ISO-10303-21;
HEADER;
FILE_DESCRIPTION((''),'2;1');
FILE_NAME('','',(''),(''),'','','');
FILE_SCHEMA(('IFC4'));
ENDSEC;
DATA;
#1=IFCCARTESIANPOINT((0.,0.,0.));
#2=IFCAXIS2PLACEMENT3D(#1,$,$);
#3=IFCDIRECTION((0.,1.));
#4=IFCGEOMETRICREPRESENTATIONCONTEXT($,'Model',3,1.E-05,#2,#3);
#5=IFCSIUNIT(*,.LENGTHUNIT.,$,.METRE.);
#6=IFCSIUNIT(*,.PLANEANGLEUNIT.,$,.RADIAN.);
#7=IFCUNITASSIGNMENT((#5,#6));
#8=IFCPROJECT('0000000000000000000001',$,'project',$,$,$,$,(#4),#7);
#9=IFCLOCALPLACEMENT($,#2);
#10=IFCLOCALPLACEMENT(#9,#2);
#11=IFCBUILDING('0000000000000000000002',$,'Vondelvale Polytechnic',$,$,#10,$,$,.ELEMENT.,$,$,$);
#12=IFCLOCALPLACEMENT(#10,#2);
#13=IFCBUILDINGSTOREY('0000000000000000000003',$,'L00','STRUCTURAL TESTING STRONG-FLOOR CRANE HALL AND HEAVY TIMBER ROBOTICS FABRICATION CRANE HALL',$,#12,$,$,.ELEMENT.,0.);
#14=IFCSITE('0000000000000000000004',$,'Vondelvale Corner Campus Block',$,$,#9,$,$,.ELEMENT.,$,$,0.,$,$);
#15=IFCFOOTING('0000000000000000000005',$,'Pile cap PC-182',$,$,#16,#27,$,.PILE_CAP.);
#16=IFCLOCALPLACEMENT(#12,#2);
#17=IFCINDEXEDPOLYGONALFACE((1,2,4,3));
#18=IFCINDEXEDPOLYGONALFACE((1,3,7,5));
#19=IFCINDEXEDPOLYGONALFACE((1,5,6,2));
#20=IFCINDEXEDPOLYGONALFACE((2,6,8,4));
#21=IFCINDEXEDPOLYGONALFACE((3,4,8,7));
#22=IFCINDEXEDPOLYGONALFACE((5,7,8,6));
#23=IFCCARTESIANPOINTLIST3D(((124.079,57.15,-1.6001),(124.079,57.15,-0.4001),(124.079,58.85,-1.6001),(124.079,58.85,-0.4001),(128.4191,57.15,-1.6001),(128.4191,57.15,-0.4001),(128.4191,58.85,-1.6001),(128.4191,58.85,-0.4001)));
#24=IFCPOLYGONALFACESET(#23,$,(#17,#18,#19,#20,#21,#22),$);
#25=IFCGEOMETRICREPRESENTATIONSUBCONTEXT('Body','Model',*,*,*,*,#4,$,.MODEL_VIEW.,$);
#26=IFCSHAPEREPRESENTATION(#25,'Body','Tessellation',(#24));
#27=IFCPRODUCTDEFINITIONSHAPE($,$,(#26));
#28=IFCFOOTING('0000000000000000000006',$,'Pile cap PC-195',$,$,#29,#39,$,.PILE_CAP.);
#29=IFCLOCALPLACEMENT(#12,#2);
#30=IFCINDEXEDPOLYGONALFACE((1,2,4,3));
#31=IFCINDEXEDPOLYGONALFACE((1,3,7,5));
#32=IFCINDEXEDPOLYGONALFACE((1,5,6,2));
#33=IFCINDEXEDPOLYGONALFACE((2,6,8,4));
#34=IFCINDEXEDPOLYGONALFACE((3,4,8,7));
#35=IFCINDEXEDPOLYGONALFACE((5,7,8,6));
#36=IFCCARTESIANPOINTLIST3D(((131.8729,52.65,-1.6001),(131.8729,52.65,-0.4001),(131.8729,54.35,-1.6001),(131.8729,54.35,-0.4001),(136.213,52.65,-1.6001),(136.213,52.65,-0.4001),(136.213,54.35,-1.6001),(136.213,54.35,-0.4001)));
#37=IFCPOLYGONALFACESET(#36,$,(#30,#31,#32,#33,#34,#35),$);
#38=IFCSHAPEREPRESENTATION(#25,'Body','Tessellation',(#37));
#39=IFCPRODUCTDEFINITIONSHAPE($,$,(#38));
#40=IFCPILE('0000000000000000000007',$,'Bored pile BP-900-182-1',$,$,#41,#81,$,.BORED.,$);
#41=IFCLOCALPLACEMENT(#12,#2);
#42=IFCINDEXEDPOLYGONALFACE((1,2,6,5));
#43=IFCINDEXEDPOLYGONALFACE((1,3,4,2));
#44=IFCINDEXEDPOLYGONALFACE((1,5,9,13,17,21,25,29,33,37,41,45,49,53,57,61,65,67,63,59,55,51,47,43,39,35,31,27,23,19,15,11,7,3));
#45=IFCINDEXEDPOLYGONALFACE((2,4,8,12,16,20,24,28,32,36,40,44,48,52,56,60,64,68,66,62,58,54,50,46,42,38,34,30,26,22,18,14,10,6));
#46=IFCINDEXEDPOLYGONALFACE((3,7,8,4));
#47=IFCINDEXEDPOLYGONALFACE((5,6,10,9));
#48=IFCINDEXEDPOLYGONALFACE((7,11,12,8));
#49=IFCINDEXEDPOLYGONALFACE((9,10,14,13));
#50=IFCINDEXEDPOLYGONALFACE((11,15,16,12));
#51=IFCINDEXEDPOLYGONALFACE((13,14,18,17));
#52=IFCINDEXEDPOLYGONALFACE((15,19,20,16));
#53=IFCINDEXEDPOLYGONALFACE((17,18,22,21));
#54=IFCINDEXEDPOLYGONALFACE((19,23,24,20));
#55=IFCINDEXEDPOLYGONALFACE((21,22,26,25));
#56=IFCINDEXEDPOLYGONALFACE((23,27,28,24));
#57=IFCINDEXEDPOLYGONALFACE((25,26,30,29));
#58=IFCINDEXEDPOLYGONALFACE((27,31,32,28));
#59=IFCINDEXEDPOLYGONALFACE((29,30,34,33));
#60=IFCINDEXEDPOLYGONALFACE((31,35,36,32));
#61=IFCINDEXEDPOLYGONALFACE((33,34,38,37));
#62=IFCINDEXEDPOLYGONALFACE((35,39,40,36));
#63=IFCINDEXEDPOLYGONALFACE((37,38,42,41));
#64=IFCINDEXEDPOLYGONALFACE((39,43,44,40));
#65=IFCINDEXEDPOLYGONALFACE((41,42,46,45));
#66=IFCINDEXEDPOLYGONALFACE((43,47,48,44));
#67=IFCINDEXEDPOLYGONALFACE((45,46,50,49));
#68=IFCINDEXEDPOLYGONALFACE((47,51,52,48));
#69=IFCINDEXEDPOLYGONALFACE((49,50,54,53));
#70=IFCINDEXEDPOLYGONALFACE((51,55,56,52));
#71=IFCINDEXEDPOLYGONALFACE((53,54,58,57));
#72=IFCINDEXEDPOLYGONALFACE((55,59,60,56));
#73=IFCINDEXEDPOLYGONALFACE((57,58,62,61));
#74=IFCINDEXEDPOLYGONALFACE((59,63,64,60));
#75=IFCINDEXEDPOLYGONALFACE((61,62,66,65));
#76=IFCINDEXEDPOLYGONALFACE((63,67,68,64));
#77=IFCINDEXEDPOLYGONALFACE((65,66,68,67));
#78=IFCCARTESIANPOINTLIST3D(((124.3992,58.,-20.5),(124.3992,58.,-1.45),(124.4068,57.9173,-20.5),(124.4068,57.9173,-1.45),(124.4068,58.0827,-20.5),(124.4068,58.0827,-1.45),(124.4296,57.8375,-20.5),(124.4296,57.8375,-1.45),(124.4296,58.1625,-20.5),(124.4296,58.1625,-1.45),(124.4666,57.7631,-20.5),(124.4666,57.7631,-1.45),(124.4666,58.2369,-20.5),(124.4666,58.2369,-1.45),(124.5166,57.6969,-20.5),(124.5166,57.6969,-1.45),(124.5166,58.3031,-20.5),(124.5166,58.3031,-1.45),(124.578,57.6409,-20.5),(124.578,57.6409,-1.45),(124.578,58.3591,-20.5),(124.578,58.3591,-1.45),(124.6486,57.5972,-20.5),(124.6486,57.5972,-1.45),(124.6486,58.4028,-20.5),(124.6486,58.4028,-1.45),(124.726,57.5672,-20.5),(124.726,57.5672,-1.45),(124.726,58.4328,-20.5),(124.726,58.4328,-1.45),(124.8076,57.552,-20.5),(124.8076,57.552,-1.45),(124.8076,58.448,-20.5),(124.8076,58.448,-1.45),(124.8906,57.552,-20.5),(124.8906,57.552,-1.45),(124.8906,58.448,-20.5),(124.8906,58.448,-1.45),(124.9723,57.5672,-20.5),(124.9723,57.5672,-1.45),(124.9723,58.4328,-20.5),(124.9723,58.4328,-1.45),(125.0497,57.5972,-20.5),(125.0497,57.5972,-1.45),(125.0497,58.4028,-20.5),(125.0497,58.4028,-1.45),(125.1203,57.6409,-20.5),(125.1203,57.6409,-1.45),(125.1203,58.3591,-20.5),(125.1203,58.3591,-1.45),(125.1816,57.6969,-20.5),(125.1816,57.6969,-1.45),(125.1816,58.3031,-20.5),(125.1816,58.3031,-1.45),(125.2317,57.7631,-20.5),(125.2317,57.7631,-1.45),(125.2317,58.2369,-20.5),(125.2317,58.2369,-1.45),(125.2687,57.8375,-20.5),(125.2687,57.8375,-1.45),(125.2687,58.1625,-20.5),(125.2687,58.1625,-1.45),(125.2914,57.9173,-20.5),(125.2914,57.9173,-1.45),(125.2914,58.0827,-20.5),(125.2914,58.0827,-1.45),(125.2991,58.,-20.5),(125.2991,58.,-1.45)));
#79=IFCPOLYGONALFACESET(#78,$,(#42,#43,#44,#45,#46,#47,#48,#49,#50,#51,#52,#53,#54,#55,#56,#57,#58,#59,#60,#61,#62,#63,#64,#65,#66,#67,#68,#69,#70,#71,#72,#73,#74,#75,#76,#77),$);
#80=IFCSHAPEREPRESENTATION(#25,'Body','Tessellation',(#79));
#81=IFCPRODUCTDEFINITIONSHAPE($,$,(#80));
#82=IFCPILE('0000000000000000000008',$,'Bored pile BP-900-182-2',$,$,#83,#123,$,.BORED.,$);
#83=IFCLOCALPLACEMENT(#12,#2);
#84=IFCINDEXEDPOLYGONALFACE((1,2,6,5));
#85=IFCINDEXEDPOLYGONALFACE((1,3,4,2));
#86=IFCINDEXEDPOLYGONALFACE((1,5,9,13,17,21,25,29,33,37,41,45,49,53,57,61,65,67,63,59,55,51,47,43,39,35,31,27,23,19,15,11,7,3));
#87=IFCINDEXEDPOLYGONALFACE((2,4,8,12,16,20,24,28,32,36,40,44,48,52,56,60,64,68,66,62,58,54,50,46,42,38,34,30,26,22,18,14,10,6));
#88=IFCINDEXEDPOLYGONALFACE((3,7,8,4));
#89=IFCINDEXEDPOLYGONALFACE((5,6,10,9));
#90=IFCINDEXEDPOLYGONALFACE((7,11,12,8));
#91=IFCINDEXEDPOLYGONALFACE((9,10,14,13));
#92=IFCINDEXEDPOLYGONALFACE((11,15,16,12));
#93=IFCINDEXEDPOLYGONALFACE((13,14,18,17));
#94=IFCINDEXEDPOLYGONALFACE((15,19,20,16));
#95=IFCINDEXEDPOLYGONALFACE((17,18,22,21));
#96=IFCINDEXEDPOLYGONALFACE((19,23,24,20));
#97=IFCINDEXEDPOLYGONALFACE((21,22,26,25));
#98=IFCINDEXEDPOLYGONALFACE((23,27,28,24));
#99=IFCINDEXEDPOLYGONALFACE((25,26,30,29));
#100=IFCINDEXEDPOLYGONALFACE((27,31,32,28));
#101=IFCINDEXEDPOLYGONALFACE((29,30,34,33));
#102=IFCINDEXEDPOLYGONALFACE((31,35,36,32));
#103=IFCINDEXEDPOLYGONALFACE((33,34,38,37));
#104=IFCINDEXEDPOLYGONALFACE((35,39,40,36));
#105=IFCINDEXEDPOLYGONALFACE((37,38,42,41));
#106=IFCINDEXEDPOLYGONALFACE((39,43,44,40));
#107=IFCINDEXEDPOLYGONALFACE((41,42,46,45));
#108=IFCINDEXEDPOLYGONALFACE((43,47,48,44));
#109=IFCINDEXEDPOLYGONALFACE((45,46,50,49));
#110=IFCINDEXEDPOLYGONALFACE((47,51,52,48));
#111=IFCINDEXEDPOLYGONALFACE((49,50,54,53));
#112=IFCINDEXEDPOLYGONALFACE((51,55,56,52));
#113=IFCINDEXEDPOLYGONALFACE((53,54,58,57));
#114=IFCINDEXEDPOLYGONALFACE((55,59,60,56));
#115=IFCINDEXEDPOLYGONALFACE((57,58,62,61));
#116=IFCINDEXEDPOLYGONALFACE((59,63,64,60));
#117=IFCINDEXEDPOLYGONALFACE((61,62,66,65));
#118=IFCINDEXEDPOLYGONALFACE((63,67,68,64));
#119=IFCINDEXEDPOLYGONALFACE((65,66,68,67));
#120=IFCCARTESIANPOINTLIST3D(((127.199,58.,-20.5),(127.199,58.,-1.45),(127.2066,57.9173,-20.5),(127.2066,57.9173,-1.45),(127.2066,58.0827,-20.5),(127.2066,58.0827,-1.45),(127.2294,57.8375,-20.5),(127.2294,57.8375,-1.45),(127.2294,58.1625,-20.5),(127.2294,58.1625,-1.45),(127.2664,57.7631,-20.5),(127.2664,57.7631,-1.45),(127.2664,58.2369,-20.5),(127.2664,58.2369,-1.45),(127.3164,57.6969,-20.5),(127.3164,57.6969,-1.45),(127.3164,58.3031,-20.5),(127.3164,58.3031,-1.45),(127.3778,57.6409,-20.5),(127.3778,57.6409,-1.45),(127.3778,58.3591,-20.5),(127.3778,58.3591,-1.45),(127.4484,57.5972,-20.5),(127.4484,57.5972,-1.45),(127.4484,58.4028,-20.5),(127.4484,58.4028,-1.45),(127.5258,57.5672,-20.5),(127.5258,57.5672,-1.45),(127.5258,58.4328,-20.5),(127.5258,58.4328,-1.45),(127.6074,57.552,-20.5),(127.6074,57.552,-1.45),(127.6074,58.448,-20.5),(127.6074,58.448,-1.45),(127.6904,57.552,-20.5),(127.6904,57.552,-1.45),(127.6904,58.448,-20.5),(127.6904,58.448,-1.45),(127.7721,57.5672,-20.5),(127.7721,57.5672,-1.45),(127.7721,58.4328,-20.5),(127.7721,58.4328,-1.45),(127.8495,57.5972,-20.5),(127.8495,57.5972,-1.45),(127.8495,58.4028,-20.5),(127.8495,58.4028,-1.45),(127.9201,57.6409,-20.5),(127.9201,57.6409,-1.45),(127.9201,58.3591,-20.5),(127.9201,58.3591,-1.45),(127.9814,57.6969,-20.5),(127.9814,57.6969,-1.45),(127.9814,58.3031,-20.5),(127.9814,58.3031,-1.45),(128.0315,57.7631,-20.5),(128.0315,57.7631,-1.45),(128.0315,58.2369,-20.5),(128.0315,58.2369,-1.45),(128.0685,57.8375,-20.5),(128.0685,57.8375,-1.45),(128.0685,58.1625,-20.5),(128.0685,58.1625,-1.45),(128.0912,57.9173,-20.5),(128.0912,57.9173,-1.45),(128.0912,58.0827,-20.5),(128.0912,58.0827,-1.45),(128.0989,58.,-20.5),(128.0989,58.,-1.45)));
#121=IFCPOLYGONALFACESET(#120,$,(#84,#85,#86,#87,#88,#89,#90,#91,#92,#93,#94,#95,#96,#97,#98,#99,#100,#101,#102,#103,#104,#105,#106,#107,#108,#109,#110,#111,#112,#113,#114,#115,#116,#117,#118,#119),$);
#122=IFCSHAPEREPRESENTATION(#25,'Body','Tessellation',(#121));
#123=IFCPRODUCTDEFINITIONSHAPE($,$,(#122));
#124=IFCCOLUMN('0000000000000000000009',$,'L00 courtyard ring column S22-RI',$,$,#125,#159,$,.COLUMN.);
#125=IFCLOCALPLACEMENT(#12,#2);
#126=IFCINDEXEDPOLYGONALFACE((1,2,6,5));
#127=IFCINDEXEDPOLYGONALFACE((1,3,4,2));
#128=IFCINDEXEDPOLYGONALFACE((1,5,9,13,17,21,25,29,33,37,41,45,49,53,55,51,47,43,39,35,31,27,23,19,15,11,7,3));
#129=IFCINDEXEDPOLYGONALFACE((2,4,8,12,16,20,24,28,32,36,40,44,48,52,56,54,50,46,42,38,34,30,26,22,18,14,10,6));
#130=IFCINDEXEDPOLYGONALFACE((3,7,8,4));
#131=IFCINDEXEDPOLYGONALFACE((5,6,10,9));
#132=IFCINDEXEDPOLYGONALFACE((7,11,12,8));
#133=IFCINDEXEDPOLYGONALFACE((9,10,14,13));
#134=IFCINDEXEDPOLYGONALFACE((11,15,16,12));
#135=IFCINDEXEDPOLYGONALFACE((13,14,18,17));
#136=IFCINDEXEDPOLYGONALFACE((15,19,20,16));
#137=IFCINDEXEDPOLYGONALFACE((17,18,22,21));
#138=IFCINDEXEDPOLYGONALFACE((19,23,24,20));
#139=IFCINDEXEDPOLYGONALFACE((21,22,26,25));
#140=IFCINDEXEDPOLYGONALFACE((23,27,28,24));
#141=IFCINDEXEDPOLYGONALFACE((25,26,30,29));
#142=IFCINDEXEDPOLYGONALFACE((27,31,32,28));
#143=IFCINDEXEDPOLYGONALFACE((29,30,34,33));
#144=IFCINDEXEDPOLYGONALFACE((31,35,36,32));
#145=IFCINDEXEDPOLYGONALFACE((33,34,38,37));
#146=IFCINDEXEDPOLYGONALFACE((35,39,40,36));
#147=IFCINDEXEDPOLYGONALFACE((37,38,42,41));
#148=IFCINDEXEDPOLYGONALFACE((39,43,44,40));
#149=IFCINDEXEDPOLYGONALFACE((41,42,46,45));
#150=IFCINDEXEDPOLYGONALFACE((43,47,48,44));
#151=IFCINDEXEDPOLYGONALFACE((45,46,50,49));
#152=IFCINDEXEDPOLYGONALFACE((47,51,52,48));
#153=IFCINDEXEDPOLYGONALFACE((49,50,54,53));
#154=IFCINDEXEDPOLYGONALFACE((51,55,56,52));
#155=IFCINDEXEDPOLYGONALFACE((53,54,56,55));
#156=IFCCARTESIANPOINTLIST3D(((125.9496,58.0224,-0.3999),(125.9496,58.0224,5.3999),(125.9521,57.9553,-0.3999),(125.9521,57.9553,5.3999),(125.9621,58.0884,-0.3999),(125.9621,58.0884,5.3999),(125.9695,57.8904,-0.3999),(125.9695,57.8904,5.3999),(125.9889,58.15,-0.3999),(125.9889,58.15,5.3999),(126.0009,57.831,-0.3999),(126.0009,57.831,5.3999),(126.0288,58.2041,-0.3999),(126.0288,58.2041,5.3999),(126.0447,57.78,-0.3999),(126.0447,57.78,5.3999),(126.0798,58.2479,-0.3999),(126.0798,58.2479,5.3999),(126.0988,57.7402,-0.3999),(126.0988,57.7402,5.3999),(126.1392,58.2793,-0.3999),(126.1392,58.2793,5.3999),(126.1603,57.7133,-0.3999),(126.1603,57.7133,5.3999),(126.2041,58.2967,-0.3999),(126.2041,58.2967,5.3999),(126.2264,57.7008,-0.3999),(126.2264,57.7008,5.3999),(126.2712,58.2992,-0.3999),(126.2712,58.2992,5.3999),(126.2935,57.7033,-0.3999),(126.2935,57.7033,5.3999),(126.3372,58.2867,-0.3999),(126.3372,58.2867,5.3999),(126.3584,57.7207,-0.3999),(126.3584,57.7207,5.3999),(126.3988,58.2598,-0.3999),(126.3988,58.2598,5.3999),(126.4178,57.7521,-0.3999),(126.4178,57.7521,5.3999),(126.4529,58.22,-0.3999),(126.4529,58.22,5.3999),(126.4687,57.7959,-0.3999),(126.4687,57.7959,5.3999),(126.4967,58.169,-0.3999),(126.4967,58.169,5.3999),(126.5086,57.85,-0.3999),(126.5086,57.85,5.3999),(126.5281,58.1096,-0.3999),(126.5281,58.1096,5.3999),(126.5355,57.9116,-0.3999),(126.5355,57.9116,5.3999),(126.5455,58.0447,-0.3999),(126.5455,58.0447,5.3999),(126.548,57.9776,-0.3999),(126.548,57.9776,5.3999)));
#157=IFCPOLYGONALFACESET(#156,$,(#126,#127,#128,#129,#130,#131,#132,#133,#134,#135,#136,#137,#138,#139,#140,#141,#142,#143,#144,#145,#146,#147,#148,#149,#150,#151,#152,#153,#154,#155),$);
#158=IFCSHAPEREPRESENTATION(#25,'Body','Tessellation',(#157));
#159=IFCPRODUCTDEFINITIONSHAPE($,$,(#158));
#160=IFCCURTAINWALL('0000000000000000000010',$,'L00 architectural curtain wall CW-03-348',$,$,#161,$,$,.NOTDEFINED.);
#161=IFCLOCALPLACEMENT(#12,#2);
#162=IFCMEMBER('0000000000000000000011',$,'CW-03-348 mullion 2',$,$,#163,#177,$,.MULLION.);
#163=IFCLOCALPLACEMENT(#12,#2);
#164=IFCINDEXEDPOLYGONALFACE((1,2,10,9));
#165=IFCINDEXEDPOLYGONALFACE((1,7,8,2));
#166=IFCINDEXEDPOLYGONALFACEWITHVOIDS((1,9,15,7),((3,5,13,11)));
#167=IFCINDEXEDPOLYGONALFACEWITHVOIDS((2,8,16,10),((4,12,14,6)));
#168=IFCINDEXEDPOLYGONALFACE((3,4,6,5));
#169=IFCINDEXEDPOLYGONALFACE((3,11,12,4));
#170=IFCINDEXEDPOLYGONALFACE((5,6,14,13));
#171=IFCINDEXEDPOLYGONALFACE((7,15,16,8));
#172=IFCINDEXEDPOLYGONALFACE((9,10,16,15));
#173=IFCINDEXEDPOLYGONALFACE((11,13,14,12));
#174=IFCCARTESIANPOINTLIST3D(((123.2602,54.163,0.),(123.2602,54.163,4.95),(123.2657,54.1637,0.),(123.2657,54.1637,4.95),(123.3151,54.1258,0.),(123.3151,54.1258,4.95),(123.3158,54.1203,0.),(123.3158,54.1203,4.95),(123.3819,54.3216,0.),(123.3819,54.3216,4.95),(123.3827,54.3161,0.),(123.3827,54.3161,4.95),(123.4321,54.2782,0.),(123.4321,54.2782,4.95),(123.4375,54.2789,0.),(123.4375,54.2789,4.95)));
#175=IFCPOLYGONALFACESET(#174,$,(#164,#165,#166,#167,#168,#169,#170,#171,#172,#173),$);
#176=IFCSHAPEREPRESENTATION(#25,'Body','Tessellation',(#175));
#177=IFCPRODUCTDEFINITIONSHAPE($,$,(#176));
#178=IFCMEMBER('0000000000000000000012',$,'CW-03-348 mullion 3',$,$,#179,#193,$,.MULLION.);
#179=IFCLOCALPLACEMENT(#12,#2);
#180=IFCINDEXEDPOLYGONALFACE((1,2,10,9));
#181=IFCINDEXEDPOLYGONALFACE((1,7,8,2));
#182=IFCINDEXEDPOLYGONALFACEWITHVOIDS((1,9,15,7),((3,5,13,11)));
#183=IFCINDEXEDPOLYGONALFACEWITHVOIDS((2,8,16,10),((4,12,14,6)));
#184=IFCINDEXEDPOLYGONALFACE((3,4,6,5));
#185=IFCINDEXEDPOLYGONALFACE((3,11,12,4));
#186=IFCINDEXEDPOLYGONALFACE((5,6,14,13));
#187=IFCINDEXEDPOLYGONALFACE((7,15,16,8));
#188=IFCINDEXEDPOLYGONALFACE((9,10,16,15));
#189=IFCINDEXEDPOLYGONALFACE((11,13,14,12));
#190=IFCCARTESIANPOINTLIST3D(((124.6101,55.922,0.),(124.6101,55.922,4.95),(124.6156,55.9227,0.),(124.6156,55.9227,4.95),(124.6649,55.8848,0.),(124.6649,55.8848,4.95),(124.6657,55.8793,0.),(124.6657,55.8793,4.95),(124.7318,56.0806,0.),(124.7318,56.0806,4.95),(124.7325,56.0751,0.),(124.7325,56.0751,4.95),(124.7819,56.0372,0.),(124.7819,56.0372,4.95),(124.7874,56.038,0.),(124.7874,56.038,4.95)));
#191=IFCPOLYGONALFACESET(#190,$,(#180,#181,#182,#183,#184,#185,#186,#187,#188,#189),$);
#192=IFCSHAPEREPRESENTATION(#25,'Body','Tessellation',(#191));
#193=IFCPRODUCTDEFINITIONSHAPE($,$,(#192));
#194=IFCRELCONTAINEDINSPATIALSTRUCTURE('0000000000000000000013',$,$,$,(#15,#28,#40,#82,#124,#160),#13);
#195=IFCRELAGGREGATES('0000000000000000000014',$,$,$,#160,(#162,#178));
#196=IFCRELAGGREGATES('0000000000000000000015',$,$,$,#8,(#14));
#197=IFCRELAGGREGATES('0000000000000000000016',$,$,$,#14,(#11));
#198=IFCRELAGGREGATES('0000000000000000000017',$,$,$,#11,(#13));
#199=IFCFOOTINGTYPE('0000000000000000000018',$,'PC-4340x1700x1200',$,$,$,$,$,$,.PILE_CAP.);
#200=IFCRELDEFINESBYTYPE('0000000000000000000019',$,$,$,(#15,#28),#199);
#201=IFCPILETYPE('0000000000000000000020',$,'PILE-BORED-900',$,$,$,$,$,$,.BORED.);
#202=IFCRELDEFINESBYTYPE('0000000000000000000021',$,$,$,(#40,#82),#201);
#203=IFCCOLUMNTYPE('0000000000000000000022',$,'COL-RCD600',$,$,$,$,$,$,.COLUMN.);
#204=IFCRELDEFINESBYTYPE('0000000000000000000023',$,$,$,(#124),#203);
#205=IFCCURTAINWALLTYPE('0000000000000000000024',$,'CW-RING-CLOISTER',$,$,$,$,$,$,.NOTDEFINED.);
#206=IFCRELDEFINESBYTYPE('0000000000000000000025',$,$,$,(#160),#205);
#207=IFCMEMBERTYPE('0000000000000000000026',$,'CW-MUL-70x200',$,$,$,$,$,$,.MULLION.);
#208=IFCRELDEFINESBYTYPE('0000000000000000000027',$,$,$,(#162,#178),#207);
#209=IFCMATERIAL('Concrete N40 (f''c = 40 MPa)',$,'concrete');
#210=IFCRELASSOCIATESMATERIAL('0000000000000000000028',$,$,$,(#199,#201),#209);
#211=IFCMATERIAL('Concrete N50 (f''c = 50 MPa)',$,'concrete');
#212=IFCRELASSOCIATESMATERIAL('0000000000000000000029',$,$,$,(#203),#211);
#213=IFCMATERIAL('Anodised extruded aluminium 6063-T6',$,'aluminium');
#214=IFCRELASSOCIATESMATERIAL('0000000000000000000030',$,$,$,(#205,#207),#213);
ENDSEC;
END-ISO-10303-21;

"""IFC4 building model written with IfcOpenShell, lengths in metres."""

from ifc_helpers import new_model, si_unit, direction, frame, origin, origin_2d, place, context, subcontext, project, spatial, rectangle, hollow_rectangle, circle, extrude, material, material_profile, profile_set, type_object, element, aggregate, save


model = new_model("IFC4")

# Units and contexts
model_context = context("Model", 3, precision=1e-05, world=origin(), true_north=direction((0.0, 1.0)))
body_context = subcontext(model_context, "Body", "Model", "MODEL_VIEW")
ifc_project = project(units=[si_unit("LENGTHUNIT", "METRE"), si_unit("PLANEANGLEUNIT", "RADIAN")], contexts=[model_context])

# Site, building, storey
site_placement = place(None, origin())
site = spatial("IfcSite", under=ifc_project, at=site_placement, Name="Vondelvale Corner Campus Block", CompositionType="ELEMENT", RefElevation=0.0)
building_placement = place(site_placement, origin())
building = spatial("IfcBuilding", under=site, at=building_placement, Name="Vondelvale Polytechnic", CompositionType="ELEMENT")
storey_placement = place(building_placement, origin())
storey = spatial("IfcBuildingStorey", under=building, at=storey_placement, Name="L00", Description="STRUCTURAL TESTING STRONG-FLOOR CRANE HALL AND HEAVY TIMBER ROBOTICS FABRICATION CRANE HALL", CompositionType="ELEMENT", Elevation=0.0)

# Footings
ifc_material_1 = material(Name="Concrete N40 (f'c = 40 MPa)", Category="concrete")
footing_type = type_object("IfcFootingType", Name="PC-4340x1700x1200", PredefinedType="PILE_CAP", material=ifc_material_1)
for number, where, z_axis, x_axis, name in (
    (1, (126.249, 58.0, -1.6001), (0.0, 0.0, 1.0), (1.0, 0.0, 0.0), "Pile cap PC-182"),
    (2, (134.043, 53.5, -1.6001), (0.0, 0.0, 1.0), (1.0, 0.0, 0.0), "Pile cap PC-195"),
):
    element("IfcFooting", number, at=place(storey_placement, frame(where, z_axis=z_axis, x_axis=x_axis)), inside=storey, type_object=footing_type, Name=name, PredefinedType="PILE_CAP", context=body_context, shape_type="SweptSolid", body=[
        extrude(rectangle(XDim=4.3401, YDim=1.7, at=origin_2d()), origin(), (0.0, 0.0, 1.0), 1.2),
    ])

# Piles
ifc_material_profile_1 = material_profile(ifc_material_1, circle(Radius=0.45, at=origin_2d()), Name="PILE-D900")
ifc_profile_set_1 = profile_set([ifc_material_profile_1], Name="Concrete N40 (f'c = 40 MPa)")
pile_type = type_object("IfcPileType", Name="PILE-BORED-900", PredefinedType="BORED", material=ifc_profile_set_1)
for number, where, z_axis, x_axis, name in (
    (3, (124.8491, 58.0, -1.45), (0.0, 0.0, -1.0), (1.0, 0.0, 0.0), "Bored pile BP-900-182-1"),
    (4, (127.6489, 58.0, -1.45), (0.0, 0.0, -1.0), (1.0, 0.0, 0.0), "Bored pile BP-900-182-2"),
):
    element("IfcPile", number, at=place(storey_placement, frame(where, z_axis=z_axis, x_axis=x_axis)), inside=storey, type_object=pile_type, Name=name, PredefinedType="BORED", context=body_context, shape_type="SweptSolid", body=[
        extrude(circle(Radius=0.45, at=origin_2d()), origin(), (0.0, 0.0, 1.0), 19.05),
    ])

# Column
ifc_material_2 = material(Name="Concrete N50 (f'c = 50 MPa)", Category="concrete")
ifc_material_profile_2 = material_profile(ifc_material_2, circle(Radius=0.3, at=origin_2d()), Name="RC-COL-D600")
ifc_profile_set_2 = profile_set([ifc_material_profile_2], Name="Concrete N50 (f'c = 50 MPa)")
column_type = type_object("IfcColumnType", Name="COL-RCD600", PredefinedType="COLUMN", material=ifc_profile_set_2)
column_placement = place(storey_placement, frame((126.2488, 58.0, -0.3999), z_axis=(0.0, 0.0, 1.0), x_axis=(-0.866025, 0.5, 0.0)))
element("IfcColumn", 5, at=column_placement, inside=storey, type_object=column_type, Name="L00 courtyard ring column S22-RI", PredefinedType="COLUMN", context=body_context, shape_type="SweptSolid", body=[
    extrude(circle(Radius=0.3, at=origin_2d()), origin(), (0.0, 0.0, 1.0), 5.7998),
])

# Curtain wall, members
ifc_material_3 = material(Name="Anodised extruded aluminium 6063-T6", Category="aluminium")
curtain_wall_type = type_object("IfcCurtainWallType", Name="CW-RING-CLOISTER", PredefinedType="NOTDEFINED", material=ifc_material_3)
curtain_wall_placement = place(storey_placement, origin())
curtain_wall = element("IfcCurtainWall", 6, at=curtain_wall_placement, inside=storey, type_object=curtain_wall_type, Name="L00 architectural curtain wall CW-03-348", PredefinedType="NOTDEFINED")
ifc_material_profile_3 = material_profile(ifc_material_3, hollow_rectangle(XDim=0.0701, YDim=0.2, WallThickness=0.0039, at=origin_2d()), Name="CW-MUL-200x70")
ifc_profile_set_3 = profile_set([ifc_material_profile_3], Name="Anodised extruded aluminium 6063-T6")
member_type_1 = type_object("IfcMemberType", Name="CW-MUL-70x200", PredefinedType="MULLION", material=ifc_profile_set_3)
member_1_placement = place(storey_placement, frame((123.3489, 54.2209, 0.0), z_axis=(0.0, 0.0, 1.0), x_axis=(-0.793364, 0.608748, 0.0)))
member_1 = element("IfcMember", 7, at=member_1_placement, type_object=member_type_1, Name="CW-03-348 mullion 2", PredefinedType="MULLION", context=body_context, shape_type="SweptSolid", body=[
    extrude(hollow_rectangle(XDim=0.0701, YDim=0.2, WallThickness=0.0039, at=origin_2d()), origin(), (0.0, 0.0, 1.0), 4.95),
])
member_2_placement = place(storey_placement, frame((124.6987, 55.98, 0.0), z_axis=(0.0, 0.0, 1.0), x_axis=(-0.793364, 0.608748, 0.0)))
member_2 = element("IfcMember", 8, at=member_2_placement, type_object=member_type_1, Name="CW-03-348 mullion 3", PredefinedType="MULLION", context=body_context, shape_type="SweptSolid", body=[
    extrude(hollow_rectangle(XDim=0.0701, YDim=0.2, WallThickness=0.0039, at=origin_2d()), origin(), (0.0, 0.0, 1.0), 4.95),
])
aggregate(curtain_wall, [member_1, member_2])

save(model, "model.ifc")
